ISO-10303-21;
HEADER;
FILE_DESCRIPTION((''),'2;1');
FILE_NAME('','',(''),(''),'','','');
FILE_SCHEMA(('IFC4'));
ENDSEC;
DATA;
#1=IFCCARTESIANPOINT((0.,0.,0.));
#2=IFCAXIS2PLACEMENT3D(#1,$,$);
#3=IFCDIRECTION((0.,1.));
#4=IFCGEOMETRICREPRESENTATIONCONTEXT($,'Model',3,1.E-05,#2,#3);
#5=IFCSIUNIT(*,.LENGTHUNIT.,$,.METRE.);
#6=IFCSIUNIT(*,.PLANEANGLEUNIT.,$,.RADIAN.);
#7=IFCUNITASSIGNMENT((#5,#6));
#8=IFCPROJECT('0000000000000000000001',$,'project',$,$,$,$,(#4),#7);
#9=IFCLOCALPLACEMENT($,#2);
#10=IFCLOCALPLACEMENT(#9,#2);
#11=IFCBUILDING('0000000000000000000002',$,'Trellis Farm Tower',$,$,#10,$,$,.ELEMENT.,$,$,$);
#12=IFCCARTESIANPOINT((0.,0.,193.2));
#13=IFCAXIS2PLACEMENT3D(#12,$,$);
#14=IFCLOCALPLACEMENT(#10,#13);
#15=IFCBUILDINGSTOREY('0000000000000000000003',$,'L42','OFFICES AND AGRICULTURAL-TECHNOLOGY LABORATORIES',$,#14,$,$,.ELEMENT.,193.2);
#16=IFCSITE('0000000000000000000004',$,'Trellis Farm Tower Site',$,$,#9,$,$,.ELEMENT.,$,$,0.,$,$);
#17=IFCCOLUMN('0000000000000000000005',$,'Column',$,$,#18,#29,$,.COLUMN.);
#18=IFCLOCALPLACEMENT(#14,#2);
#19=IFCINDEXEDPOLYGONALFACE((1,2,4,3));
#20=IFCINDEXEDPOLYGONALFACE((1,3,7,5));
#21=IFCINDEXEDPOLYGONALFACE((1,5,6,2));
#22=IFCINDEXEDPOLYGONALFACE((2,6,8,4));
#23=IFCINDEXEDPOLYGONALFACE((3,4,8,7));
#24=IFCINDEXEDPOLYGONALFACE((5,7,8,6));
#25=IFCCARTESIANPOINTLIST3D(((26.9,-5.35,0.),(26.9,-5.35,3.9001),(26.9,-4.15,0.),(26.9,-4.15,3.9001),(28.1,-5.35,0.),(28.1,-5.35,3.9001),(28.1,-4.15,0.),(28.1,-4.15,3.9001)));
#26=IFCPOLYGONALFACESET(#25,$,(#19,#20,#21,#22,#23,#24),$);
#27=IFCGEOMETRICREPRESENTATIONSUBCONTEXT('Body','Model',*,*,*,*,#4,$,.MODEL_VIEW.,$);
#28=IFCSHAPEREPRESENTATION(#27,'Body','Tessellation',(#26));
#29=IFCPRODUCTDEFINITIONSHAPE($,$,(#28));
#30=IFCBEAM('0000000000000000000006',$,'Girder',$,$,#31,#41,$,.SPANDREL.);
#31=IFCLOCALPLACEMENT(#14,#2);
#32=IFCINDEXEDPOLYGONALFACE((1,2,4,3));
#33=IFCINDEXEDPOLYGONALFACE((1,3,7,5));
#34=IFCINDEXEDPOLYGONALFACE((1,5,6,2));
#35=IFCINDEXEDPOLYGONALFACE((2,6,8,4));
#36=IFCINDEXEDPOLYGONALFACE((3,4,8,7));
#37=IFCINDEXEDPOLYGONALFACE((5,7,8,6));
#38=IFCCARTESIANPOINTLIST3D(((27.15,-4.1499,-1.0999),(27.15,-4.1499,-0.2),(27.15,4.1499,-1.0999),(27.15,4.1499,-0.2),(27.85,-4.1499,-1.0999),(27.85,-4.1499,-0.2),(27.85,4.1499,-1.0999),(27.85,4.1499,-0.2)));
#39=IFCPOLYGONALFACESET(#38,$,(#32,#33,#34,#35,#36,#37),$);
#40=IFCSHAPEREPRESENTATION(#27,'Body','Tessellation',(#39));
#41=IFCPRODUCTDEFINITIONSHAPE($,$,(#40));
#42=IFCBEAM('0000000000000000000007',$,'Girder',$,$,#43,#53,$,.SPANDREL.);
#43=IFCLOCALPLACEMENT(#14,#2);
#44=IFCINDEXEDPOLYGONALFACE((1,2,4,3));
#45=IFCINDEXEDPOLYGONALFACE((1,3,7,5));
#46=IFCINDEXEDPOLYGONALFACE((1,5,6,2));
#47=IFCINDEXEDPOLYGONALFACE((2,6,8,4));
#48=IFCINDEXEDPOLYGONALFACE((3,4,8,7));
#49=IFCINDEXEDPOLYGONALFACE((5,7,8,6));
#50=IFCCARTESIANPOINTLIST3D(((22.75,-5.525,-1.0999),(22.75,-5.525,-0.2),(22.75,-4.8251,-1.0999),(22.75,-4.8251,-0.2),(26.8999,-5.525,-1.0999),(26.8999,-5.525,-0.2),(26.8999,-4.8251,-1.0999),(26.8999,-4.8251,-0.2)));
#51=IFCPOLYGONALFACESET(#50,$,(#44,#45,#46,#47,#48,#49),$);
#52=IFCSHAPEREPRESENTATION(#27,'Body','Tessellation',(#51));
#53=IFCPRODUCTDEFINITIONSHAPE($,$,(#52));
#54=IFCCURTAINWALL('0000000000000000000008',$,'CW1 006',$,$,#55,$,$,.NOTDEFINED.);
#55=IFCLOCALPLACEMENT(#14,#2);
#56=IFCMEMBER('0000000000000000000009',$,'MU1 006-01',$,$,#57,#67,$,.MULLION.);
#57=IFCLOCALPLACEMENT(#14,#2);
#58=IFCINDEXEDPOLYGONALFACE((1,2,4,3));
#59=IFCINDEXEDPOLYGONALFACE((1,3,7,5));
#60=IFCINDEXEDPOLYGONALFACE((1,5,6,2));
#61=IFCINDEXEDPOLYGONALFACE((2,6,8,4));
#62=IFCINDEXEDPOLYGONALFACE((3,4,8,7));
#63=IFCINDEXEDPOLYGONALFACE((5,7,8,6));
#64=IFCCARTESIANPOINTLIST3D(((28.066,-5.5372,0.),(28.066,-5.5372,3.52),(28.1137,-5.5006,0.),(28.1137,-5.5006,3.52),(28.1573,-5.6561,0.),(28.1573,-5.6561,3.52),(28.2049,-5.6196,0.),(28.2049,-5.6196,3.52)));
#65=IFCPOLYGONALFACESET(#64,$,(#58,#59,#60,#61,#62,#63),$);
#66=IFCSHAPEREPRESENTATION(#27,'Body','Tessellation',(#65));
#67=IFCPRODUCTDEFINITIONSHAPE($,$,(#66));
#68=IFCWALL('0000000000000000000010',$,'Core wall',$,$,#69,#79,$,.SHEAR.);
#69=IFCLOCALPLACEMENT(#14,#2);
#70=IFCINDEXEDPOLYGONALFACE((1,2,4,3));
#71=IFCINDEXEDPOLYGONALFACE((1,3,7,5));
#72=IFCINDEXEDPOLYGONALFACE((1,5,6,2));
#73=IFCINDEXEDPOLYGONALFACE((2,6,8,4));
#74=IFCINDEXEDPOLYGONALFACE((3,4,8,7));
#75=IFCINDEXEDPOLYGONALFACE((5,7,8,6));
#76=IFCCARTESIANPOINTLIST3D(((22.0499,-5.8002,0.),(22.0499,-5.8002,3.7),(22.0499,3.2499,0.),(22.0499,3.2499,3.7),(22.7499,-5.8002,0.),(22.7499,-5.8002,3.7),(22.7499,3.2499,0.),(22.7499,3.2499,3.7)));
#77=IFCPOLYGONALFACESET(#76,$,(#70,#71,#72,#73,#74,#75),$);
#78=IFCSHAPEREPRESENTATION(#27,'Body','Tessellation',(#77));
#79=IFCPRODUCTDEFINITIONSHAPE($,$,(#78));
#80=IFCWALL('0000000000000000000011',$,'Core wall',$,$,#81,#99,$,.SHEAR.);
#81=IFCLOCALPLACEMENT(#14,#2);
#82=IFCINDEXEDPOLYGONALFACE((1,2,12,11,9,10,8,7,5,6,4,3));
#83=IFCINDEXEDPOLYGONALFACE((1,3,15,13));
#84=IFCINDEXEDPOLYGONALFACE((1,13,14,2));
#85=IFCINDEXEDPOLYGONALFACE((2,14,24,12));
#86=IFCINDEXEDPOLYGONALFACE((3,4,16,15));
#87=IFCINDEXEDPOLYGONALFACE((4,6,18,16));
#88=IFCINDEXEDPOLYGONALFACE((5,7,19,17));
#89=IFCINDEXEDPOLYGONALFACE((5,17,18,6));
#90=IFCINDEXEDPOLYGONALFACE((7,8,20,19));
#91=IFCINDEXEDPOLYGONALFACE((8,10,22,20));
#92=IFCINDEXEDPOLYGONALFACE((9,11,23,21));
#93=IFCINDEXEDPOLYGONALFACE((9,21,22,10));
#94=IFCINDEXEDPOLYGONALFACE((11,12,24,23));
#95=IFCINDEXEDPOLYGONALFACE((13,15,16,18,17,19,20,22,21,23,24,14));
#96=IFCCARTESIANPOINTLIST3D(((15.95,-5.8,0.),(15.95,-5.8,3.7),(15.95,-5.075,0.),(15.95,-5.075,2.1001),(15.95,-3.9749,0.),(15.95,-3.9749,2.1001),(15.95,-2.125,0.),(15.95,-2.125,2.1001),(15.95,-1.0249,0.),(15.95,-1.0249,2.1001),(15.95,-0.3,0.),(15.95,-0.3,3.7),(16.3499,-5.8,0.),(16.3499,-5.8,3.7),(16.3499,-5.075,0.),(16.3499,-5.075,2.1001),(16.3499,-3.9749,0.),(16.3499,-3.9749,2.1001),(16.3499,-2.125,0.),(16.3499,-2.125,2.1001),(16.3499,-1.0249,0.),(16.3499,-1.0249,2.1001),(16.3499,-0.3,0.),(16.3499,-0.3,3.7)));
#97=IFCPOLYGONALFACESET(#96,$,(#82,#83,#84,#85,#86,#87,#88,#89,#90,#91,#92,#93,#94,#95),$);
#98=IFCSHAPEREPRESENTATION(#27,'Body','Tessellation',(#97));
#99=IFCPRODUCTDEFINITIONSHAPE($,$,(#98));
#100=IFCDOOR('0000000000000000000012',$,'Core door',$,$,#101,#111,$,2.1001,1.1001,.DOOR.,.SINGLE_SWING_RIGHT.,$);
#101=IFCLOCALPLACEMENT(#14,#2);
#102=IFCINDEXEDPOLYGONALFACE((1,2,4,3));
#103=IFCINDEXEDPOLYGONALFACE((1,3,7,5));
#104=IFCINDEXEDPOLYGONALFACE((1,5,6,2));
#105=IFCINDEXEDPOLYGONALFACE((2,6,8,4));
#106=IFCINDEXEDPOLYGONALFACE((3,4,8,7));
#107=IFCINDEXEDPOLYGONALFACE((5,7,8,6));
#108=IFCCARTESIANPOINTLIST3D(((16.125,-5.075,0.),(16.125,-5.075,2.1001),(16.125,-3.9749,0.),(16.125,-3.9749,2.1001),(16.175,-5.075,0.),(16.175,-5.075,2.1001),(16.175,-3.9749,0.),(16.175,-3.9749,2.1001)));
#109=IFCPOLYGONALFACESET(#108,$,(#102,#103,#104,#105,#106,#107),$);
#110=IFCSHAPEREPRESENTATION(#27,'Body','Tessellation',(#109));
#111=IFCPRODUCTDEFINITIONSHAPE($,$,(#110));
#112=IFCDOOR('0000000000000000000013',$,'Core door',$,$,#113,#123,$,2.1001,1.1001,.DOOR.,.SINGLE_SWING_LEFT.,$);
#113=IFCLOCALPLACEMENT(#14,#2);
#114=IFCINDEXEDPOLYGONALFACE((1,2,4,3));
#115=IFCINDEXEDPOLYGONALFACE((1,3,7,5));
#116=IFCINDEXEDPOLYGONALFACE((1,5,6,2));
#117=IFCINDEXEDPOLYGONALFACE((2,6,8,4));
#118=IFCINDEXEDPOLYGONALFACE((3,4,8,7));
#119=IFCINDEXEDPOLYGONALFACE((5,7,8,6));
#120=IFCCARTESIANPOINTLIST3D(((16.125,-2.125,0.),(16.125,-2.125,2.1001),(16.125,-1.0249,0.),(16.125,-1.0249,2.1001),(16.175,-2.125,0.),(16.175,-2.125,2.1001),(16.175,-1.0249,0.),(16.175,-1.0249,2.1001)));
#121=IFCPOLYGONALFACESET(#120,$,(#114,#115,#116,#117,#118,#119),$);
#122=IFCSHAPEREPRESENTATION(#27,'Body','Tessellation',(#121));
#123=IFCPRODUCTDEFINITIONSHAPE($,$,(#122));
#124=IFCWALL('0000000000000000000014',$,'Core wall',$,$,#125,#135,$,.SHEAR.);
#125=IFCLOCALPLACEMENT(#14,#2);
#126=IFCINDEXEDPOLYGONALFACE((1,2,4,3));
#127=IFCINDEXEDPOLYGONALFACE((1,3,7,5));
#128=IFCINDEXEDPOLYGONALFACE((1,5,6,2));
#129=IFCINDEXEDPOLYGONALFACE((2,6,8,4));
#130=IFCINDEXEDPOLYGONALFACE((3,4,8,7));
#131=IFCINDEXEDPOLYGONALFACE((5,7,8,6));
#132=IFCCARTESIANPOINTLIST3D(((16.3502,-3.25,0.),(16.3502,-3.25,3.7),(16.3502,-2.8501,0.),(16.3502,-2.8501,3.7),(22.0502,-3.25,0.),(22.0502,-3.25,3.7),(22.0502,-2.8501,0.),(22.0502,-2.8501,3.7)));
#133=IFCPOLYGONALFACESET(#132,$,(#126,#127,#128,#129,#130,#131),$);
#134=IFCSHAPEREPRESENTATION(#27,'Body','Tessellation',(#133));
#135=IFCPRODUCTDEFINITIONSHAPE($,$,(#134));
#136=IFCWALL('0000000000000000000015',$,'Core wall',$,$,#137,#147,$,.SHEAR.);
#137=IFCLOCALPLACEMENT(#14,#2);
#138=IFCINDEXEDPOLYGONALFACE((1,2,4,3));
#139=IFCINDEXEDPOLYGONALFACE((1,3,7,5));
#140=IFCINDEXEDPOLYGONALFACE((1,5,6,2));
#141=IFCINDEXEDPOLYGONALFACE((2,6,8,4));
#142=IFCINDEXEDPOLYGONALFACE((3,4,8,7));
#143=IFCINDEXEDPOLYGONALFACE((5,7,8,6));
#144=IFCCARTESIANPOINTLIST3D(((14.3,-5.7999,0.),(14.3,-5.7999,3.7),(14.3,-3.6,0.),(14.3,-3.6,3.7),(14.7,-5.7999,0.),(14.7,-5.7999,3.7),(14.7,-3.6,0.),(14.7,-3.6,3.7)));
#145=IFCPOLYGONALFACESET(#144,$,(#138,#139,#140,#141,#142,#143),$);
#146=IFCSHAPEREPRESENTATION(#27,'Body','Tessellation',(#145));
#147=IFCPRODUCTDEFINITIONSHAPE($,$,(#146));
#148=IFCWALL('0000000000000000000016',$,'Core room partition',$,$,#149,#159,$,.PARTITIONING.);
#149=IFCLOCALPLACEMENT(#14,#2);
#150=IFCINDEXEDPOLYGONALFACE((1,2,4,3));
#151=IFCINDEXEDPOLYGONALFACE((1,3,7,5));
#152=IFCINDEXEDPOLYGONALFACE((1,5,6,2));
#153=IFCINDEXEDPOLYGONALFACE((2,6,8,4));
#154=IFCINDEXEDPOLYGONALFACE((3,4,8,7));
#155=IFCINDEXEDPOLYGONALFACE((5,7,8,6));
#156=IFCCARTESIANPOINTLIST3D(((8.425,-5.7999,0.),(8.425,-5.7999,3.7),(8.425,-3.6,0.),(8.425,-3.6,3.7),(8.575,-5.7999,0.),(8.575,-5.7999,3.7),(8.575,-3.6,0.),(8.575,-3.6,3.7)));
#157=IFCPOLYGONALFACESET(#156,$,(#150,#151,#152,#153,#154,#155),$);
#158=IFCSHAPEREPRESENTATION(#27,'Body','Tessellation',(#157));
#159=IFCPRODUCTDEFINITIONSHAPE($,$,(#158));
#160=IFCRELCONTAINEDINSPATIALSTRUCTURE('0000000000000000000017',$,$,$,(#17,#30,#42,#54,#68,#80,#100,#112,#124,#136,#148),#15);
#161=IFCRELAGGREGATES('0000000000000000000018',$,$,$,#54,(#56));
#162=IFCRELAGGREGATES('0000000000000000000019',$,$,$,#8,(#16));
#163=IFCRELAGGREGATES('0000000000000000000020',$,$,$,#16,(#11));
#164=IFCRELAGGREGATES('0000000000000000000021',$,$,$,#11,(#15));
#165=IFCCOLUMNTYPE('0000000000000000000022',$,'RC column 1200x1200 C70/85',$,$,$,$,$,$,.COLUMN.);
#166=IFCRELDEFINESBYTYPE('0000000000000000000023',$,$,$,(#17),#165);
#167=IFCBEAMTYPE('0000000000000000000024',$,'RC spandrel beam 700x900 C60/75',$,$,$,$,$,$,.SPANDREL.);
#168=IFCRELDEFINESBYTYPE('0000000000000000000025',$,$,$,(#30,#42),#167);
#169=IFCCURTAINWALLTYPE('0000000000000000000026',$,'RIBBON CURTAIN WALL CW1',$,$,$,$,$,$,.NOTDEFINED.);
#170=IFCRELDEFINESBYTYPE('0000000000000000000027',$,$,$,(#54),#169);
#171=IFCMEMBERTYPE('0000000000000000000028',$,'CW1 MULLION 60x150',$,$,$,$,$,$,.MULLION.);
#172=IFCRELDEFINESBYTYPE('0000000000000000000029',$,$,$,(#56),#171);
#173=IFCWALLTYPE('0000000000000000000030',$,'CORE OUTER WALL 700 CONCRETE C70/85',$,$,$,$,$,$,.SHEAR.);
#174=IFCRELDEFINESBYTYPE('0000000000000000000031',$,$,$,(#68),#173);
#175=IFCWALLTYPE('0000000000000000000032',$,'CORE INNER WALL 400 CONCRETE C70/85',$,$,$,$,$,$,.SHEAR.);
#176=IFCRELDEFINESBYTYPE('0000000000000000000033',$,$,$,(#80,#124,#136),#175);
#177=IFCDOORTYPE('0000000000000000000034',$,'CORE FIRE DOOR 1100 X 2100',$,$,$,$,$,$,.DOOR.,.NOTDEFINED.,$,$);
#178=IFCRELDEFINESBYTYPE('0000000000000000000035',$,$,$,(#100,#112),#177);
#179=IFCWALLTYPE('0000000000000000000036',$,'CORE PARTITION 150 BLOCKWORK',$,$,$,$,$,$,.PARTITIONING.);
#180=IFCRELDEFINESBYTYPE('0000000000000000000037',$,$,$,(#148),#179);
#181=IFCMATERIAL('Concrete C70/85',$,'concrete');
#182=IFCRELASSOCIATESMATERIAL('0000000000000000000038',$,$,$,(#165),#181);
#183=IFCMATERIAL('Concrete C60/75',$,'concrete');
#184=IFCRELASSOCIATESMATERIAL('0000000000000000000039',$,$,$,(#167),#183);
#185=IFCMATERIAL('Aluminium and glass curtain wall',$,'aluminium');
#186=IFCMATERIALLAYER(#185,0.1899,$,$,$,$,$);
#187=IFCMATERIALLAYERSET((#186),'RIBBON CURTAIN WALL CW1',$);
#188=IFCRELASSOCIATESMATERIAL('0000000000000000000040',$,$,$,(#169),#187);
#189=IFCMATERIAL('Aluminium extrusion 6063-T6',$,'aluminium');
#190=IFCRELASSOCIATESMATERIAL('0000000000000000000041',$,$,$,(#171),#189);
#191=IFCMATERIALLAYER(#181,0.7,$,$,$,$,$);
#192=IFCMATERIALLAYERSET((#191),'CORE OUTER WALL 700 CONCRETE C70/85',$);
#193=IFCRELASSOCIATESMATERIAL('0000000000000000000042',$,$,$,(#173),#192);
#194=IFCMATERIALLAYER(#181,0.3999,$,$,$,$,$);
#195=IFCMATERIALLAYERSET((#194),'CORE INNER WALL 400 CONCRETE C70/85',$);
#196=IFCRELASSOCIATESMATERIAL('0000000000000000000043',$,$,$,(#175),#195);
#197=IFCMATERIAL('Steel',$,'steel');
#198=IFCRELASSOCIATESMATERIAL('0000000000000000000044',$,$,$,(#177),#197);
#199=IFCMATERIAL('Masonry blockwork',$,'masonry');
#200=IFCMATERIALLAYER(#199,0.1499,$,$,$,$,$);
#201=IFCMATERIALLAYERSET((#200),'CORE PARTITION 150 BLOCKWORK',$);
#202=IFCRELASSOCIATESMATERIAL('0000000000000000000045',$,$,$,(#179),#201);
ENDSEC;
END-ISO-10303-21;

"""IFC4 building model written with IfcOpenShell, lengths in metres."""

from ifc_helpers import new_model, si_unit, direction, frame, frame_2d, origin, origin_2d, place, context, subcontext, project, spatial, rectangle, extrude, source, transform, mapped, material, layer, layer_set, material_profile, profile_set, type_object, element, fill, aggregate, save


model = new_model("IFC4")

# Units and contexts
model_context = context("Model", 3, precision=1e-05, world=origin(), true_north=direction((0.0, 1.0)))
body_context = subcontext(model_context, "Body", "Model", "MODEL_VIEW")
ifc_project = project(units=[si_unit("LENGTHUNIT", "METRE"), si_unit("PLANEANGLEUNIT", "RADIAN")], contexts=[model_context])

# Site, building, storey
site_placement = place(None, origin())
site = spatial("IfcSite", under=ifc_project, at=site_placement, Name="Trellis Farm Tower Site", CompositionType="ELEMENT", RefElevation=0.0)
building_placement = place(site_placement, origin())
building = spatial("IfcBuilding", under=site, at=building_placement, Name="Trellis Farm Tower", CompositionType="ELEMENT")
storey_placement = place(building_placement, frame((0.0, 0.0, 193.2)))
storey = spatial("IfcBuildingStorey", under=building, at=storey_placement, Name="L42", Description="OFFICES AND AGRICULTURAL-TECHNOLOGY LABORATORIES", CompositionType="ELEMENT", Elevation=193.2)

# Column
ifc_material_1 = material(Name="Concrete C70/85", Category="concrete")
ifc_material_profile_1 = material_profile(ifc_material_1, rectangle(XDim=1.2, YDim=1.2, at=origin_2d()), Name="RC column 1200x1200 C70/85")
ifc_profile_set_1 = profile_set([ifc_material_profile_1], Name="Concrete C70/85")
column_type = type_object("IfcColumnType", Name="RC column 1200x1200 C70/85", PredefinedType="COLUMN", material=ifc_profile_set_1)
shared_shape_1 = source(origin(), body_context, "Body", "SweptSolid", [
    extrude(rectangle(XDim=1.2, YDim=1.2, at=origin_2d()), origin(), (0.0, 0.0, 1.0), 3.9001),
])
column_placement = place(storey_placement, frame((27.5, -4.75, 0.0), z_axis=(0.0, 0.0, 1.0), x_axis=(1.0, 0.0, 0.0)))
element("IfcColumn", 1, at=column_placement, inside=storey, type_object=column_type, Name="Column", PredefinedType="COLUMN", context=body_context, shape_type="MappedRepresentation", body=[
    mapped(shared_shape_1, transform((0.0, 0.0, 0.0))),
])

# Beams
ifc_material_2 = material(Name="Concrete C60/75", Category="concrete")
ifc_material_profile_2 = material_profile(ifc_material_2, rectangle(XDim=0.7, YDim=0.8999, at=origin_2d()), Name="RC spandrel beam 700x900 C60/75")
ifc_profile_set_2 = profile_set([ifc_material_profile_2], Name="Concrete C60/75")
beam_type = type_object("IfcBeamType", Name="RC spandrel beam 700x900 C60/75", PredefinedType="SPANDREL", material=ifc_profile_set_2)
shared_shape_2 = source(origin(), body_context, "Body", "SweptSolid", [
    extrude(rectangle(XDim=0.7, YDim=0.8999, at=origin_2d()), origin(), (0.0, 0.0, 1.0), 8.2998),
])
beam_1_placement = place(storey_placement, frame((27.5, -4.1499, -0.6499), z_axis=(0.0, 1.0, 0.0), x_axis=(-1.0, 0.0, 0.0)))
element("IfcBeam", 2, at=beam_1_placement, inside=storey, type_object=beam_type, Name="Girder", PredefinedType="SPANDREL", context=body_context, shape_type="MappedRepresentation", body=[
    mapped(shared_shape_2, transform((0.0, 0.0, 0.0))),
])
shared_shape_3 = source(origin(), body_context, "Body", "SweptSolid", [
    extrude(rectangle(XDim=0.7, YDim=0.8999, at=origin_2d()), origin(), (0.0, 0.0, 1.0), 4.1499),
])
beam_2_placement = place(storey_placement, frame((22.75, -5.175, -0.6499), z_axis=(1.0, 0.0, 0.0), x_axis=(0.0, 1.0, 0.0)))
element("IfcBeam", 3, at=beam_2_placement, inside=storey, type_object=beam_type, Name="Girder", PredefinedType="SPANDREL", context=body_context, shape_type="MappedRepresentation", body=[
    mapped(shared_shape_3, transform((0.0, 0.0, 0.0))),
])

# Curtain wall, member
ifc_material_3 = material(Name="Aluminium and glass curtain wall", Category="aluminium")
ifc_layer_1 = layer(ifc_material_3, 0.1899)
ifc_layer_set_1 = layer_set([ifc_layer_1], Name="RIBBON CURTAIN WALL CW1")
curtain_wall_type = type_object("IfcCurtainWallType", Name="RIBBON CURTAIN WALL CW1", PredefinedType="NOTDEFINED", material=ifc_layer_set_1)
placement = place(storey_placement, origin())
curtain_wall = element("IfcCurtainWall", 4, at=placement, inside=storey, type_object=curtain_wall_type, Name="CW1 006", PredefinedType="NOTDEFINED")
ifc_material_4 = material(Name="Aluminium extrusion 6063-T6", Category="aluminium")
ifc_material_profile_3 = material_profile(ifc_material_4, rectangle(XDim=0.0601, YDim=0.1499, at=origin_2d()), Name="MULLION 60x150")
ifc_profile_set_3 = profile_set([ifc_material_profile_3], Name="Aluminium extrusion 6063-T6")
member_type = type_object("IfcMemberType", Name="CW1 MULLION 60x150", PredefinedType="MULLION", material=ifc_profile_set_3)
shared_shape_4 = source(origin(), body_context, "Body", "SweptSolid", [
    extrude(rectangle(XDim=0.0601, YDim=0.1499, at=origin_2d()), origin(), (0.0, 0.0, 1.0), 3.52),
])
member_placement = place(storey_placement, frame((28.1355, -5.5784, 0.0), z_axis=(0.0, 0.0, 1.0), x_axis=(0.793353, 0.608761, 0.0)))
member = element("IfcMember", 5, at=member_placement, type_object=member_type, Name="MU1 006-01", PredefinedType="MULLION", context=body_context, shape_type="MappedRepresentation", body=[
    mapped(shared_shape_4, transform((0.0, 0.0, 0.0))),
])
aggregate(curtain_wall, [member])

# Wall
ifc_layer_2 = layer(ifc_material_1, 0.7)
ifc_layer_set_2 = layer_set([ifc_layer_2], Name="CORE OUTER WALL 700 CONCRETE C70/85")
wall_type_1 = type_object("IfcWallType", Name="CORE OUTER WALL 700 CONCRETE C70/85", PredefinedType="SHEAR", material=ifc_layer_set_2)
shared_shape_5 = source(origin(), body_context, "Body", "SweptSolid", [
    extrude(rectangle(XDim=9.05, YDim=0.7, at=frame_2d((4.5249, 0.0))), origin(), (0.0, 0.0, 1.0), 3.7),
])
wall_1_placement = place(storey_placement, frame((22.3999, -5.8, 0.0), z_axis=(0.0, 0.0, 1.0), x_axis=(0.0, 1.0, 0.0)))
element("IfcWall", 6, at=wall_1_placement, inside=storey, type_object=wall_type_1, Name="Core wall", PredefinedType="SHEAR", context=body_context, shape_type="MappedRepresentation", body=[
    mapped(shared_shape_5, transform((0.0, 0.0, 0.0))),
])

# Wall, openings, doors
ifc_layer_3 = layer(ifc_material_1, 0.3999)
ifc_layer_set_3 = layer_set([ifc_layer_3], Name="CORE INNER WALL 400 CONCRETE C70/85")
wall_type_2 = type_object("IfcWallType", Name="CORE INNER WALL 400 CONCRETE C70/85", PredefinedType="SHEAR", material=ifc_layer_set_3)
shared_shape_6 = source(origin(), body_context, "Body", "SweptSolid", [
    extrude(rectangle(XDim=5.5, YDim=0.3999, at=frame_2d((2.75, 0.0))), origin(), (0.0, 0.0, 1.0), 3.7),
])
wall_2_placement = place(storey_placement, frame((16.1499, -5.8, 0.0), z_axis=(0.0, 0.0, 1.0), x_axis=(0.0, 1.0, 0.0)))
wall_2 = element("IfcWall", 7, at=wall_2_placement, inside=storey, type_object=wall_type_2, Name="Core wall", PredefinedType="SHEAR", context=body_context, shape_type="MappedRepresentation", body=[
    mapped(shared_shape_6, transform((0.0, 0.0, 0.0))),
])
shared_shape_7 = source(origin(), body_context, "Body", "SweptSolid", [
    extrude(rectangle(XDim=1.1001, YDim=2.1001, at=frame_2d((0.55, 1.05))), frame((0.0, 0.21, 0.0), z_axis=(0.0, -1.0, 0.0), x_axis=(1.0, 0.0, 0.0)), (0.0, 0.0, 1.0), 0.4199),
])
opening_1_placement = place(wall_2_placement, frame((0.7251, 0.0, 0.0)))
opening_1 = element("IfcOpeningElement", 8, at=opening_1_placement, cuts=wall_2, PredefinedType="OPENING", context=body_context, shape_type="MappedRepresentation", body=[
    mapped(shared_shape_7, transform((0.0, 0.0, 0.0))),
])
opening_2_placement = place(wall_2_placement, frame((3.675, 0.0, 0.0)))
opening_2 = element("IfcOpeningElement", 9, at=opening_2_placement, cuts=wall_2, PredefinedType="OPENING", context=body_context, shape_type="MappedRepresentation", body=[
    mapped(shared_shape_7, transform((0.0, 0.0, 0.0))),
])
ifc_material_5 = material(Name="Steel", Category="steel")
door_type = type_object("IfcDoorType", Name="CORE FIRE DOOR 1100 X 2100", OperationType="NOTDEFINED", PredefinedType="DOOR", material=ifc_material_5)
shared_shape_8 = source(origin(), body_context, "Body", "SweptSolid", [
    extrude(rectangle(XDim=1.1001, YDim=2.1001, at=frame_2d((0.55, 1.05))), frame((0.0, 0.0249, 0.0), z_axis=(0.0, -1.0, 0.0), x_axis=(1.0, 0.0, 0.0)), (0.0, 0.0, 1.0), 0.05),
])
door_1_placement = place(opening_1_placement, origin())
door_1 = element("IfcDoor", 10, at=door_1_placement, inside=storey, type_object=door_type, Name="Core door", OperationType="SINGLE_SWING_RIGHT", OverallHeight=2.1001, OverallWidth=1.1001, PredefinedType="DOOR", context=body_context, shape_type="MappedRepresentation", body=[
    mapped(shared_shape_8, transform((0.0, 0.0, 0.0))),
])
fill(opening_1, door_1)
door_2_placement = place(opening_2_placement, origin())
door_2 = element("IfcDoor", 11, at=door_2_placement, inside=storey, type_object=door_type, Name="Core door", OperationType="SINGLE_SWING_LEFT", OverallHeight=2.1001, OverallWidth=1.1001, PredefinedType="DOOR", context=body_context, shape_type="MappedRepresentation", body=[
    mapped(shared_shape_8, transform((0.0, 0.0, 0.0))),
])
fill(opening_2, door_2)

# Walls
shared_shape_9 = source(origin(), body_context, "Body", "SweptSolid", [
    extrude(rectangle(XDim=5.7, YDim=0.3999, at=frame_2d((2.8501, 0.0))), origin(), (0.0, 0.0, 1.0), 3.7),
])
wall_3_placement = place(storey_placement, frame((16.3501, -3.05, 0.0), z_axis=(0.0, 0.0, 1.0), x_axis=(1.0, 0.0, 0.0)))
element("IfcWall", 12, at=wall_3_placement, inside=storey, type_object=wall_type_2, Name="Core wall", PredefinedType="SHEAR", context=body_context, shape_type="MappedRepresentation", body=[
    mapped(shared_shape_9, transform((0.0, 0.0, 0.0))),
])
shared_shape_10 = source(origin(), body_context, "Body", "SweptSolid", [
    extrude(rectangle(XDim=2.2, YDim=0.3999, at=frame_2d((1.1001, 0.0))), origin(), (0.0, 0.0, 1.0), 3.7),
])
wall_4_placement = place(storey_placement, frame((14.5, -5.8, 0.0), z_axis=(0.0, 0.0, 1.0), x_axis=(0.0, 1.0, 0.0)))
element("IfcWall", 13, at=wall_4_placement, inside=storey, type_object=wall_type_2, Name="Core wall", PredefinedType="SHEAR", context=body_context, shape_type="MappedRepresentation", body=[
    mapped(shared_shape_10, transform((0.0, 0.0, 0.0))),
])
ifc_material_6 = material(Name="Masonry blockwork", Category="masonry")
ifc_layer_4 = layer(ifc_material_6, 0.1499)
ifc_layer_set_4 = layer_set([ifc_layer_4], Name="CORE PARTITION 150 BLOCKWORK")
wall_type_3 = type_object("IfcWallType", Name="CORE PARTITION 150 BLOCKWORK", PredefinedType="PARTITIONING", material=ifc_layer_set_4)
shared_shape_11 = source(origin(), body_context, "Body", "SweptSolid", [
    extrude(rectangle(XDim=2.2, YDim=0.1499, at=frame_2d((1.1001, 0.0))), origin(), (0.0, 0.0, 1.0), 3.7),
])
for number, where, z_axis, x_axis, name in (
    (14, (8.5, -5.8, 0.0), (0.0, 0.0, 1.0), (0.0, 1.0, 0.0), "Core room partition"),
):
    element("IfcWall", number, at=place(storey_placement, frame(where, z_axis=z_axis, x_axis=x_axis)), inside=storey, type_object=wall_type_3, Name=name, PredefinedType="PARTITIONING", context=body_context, shape_type="MappedRepresentation", body=[
        mapped(shared_shape_11, transform((0.0, 0.0, 0.0))),
    ])

save(model, "model.ifc")
